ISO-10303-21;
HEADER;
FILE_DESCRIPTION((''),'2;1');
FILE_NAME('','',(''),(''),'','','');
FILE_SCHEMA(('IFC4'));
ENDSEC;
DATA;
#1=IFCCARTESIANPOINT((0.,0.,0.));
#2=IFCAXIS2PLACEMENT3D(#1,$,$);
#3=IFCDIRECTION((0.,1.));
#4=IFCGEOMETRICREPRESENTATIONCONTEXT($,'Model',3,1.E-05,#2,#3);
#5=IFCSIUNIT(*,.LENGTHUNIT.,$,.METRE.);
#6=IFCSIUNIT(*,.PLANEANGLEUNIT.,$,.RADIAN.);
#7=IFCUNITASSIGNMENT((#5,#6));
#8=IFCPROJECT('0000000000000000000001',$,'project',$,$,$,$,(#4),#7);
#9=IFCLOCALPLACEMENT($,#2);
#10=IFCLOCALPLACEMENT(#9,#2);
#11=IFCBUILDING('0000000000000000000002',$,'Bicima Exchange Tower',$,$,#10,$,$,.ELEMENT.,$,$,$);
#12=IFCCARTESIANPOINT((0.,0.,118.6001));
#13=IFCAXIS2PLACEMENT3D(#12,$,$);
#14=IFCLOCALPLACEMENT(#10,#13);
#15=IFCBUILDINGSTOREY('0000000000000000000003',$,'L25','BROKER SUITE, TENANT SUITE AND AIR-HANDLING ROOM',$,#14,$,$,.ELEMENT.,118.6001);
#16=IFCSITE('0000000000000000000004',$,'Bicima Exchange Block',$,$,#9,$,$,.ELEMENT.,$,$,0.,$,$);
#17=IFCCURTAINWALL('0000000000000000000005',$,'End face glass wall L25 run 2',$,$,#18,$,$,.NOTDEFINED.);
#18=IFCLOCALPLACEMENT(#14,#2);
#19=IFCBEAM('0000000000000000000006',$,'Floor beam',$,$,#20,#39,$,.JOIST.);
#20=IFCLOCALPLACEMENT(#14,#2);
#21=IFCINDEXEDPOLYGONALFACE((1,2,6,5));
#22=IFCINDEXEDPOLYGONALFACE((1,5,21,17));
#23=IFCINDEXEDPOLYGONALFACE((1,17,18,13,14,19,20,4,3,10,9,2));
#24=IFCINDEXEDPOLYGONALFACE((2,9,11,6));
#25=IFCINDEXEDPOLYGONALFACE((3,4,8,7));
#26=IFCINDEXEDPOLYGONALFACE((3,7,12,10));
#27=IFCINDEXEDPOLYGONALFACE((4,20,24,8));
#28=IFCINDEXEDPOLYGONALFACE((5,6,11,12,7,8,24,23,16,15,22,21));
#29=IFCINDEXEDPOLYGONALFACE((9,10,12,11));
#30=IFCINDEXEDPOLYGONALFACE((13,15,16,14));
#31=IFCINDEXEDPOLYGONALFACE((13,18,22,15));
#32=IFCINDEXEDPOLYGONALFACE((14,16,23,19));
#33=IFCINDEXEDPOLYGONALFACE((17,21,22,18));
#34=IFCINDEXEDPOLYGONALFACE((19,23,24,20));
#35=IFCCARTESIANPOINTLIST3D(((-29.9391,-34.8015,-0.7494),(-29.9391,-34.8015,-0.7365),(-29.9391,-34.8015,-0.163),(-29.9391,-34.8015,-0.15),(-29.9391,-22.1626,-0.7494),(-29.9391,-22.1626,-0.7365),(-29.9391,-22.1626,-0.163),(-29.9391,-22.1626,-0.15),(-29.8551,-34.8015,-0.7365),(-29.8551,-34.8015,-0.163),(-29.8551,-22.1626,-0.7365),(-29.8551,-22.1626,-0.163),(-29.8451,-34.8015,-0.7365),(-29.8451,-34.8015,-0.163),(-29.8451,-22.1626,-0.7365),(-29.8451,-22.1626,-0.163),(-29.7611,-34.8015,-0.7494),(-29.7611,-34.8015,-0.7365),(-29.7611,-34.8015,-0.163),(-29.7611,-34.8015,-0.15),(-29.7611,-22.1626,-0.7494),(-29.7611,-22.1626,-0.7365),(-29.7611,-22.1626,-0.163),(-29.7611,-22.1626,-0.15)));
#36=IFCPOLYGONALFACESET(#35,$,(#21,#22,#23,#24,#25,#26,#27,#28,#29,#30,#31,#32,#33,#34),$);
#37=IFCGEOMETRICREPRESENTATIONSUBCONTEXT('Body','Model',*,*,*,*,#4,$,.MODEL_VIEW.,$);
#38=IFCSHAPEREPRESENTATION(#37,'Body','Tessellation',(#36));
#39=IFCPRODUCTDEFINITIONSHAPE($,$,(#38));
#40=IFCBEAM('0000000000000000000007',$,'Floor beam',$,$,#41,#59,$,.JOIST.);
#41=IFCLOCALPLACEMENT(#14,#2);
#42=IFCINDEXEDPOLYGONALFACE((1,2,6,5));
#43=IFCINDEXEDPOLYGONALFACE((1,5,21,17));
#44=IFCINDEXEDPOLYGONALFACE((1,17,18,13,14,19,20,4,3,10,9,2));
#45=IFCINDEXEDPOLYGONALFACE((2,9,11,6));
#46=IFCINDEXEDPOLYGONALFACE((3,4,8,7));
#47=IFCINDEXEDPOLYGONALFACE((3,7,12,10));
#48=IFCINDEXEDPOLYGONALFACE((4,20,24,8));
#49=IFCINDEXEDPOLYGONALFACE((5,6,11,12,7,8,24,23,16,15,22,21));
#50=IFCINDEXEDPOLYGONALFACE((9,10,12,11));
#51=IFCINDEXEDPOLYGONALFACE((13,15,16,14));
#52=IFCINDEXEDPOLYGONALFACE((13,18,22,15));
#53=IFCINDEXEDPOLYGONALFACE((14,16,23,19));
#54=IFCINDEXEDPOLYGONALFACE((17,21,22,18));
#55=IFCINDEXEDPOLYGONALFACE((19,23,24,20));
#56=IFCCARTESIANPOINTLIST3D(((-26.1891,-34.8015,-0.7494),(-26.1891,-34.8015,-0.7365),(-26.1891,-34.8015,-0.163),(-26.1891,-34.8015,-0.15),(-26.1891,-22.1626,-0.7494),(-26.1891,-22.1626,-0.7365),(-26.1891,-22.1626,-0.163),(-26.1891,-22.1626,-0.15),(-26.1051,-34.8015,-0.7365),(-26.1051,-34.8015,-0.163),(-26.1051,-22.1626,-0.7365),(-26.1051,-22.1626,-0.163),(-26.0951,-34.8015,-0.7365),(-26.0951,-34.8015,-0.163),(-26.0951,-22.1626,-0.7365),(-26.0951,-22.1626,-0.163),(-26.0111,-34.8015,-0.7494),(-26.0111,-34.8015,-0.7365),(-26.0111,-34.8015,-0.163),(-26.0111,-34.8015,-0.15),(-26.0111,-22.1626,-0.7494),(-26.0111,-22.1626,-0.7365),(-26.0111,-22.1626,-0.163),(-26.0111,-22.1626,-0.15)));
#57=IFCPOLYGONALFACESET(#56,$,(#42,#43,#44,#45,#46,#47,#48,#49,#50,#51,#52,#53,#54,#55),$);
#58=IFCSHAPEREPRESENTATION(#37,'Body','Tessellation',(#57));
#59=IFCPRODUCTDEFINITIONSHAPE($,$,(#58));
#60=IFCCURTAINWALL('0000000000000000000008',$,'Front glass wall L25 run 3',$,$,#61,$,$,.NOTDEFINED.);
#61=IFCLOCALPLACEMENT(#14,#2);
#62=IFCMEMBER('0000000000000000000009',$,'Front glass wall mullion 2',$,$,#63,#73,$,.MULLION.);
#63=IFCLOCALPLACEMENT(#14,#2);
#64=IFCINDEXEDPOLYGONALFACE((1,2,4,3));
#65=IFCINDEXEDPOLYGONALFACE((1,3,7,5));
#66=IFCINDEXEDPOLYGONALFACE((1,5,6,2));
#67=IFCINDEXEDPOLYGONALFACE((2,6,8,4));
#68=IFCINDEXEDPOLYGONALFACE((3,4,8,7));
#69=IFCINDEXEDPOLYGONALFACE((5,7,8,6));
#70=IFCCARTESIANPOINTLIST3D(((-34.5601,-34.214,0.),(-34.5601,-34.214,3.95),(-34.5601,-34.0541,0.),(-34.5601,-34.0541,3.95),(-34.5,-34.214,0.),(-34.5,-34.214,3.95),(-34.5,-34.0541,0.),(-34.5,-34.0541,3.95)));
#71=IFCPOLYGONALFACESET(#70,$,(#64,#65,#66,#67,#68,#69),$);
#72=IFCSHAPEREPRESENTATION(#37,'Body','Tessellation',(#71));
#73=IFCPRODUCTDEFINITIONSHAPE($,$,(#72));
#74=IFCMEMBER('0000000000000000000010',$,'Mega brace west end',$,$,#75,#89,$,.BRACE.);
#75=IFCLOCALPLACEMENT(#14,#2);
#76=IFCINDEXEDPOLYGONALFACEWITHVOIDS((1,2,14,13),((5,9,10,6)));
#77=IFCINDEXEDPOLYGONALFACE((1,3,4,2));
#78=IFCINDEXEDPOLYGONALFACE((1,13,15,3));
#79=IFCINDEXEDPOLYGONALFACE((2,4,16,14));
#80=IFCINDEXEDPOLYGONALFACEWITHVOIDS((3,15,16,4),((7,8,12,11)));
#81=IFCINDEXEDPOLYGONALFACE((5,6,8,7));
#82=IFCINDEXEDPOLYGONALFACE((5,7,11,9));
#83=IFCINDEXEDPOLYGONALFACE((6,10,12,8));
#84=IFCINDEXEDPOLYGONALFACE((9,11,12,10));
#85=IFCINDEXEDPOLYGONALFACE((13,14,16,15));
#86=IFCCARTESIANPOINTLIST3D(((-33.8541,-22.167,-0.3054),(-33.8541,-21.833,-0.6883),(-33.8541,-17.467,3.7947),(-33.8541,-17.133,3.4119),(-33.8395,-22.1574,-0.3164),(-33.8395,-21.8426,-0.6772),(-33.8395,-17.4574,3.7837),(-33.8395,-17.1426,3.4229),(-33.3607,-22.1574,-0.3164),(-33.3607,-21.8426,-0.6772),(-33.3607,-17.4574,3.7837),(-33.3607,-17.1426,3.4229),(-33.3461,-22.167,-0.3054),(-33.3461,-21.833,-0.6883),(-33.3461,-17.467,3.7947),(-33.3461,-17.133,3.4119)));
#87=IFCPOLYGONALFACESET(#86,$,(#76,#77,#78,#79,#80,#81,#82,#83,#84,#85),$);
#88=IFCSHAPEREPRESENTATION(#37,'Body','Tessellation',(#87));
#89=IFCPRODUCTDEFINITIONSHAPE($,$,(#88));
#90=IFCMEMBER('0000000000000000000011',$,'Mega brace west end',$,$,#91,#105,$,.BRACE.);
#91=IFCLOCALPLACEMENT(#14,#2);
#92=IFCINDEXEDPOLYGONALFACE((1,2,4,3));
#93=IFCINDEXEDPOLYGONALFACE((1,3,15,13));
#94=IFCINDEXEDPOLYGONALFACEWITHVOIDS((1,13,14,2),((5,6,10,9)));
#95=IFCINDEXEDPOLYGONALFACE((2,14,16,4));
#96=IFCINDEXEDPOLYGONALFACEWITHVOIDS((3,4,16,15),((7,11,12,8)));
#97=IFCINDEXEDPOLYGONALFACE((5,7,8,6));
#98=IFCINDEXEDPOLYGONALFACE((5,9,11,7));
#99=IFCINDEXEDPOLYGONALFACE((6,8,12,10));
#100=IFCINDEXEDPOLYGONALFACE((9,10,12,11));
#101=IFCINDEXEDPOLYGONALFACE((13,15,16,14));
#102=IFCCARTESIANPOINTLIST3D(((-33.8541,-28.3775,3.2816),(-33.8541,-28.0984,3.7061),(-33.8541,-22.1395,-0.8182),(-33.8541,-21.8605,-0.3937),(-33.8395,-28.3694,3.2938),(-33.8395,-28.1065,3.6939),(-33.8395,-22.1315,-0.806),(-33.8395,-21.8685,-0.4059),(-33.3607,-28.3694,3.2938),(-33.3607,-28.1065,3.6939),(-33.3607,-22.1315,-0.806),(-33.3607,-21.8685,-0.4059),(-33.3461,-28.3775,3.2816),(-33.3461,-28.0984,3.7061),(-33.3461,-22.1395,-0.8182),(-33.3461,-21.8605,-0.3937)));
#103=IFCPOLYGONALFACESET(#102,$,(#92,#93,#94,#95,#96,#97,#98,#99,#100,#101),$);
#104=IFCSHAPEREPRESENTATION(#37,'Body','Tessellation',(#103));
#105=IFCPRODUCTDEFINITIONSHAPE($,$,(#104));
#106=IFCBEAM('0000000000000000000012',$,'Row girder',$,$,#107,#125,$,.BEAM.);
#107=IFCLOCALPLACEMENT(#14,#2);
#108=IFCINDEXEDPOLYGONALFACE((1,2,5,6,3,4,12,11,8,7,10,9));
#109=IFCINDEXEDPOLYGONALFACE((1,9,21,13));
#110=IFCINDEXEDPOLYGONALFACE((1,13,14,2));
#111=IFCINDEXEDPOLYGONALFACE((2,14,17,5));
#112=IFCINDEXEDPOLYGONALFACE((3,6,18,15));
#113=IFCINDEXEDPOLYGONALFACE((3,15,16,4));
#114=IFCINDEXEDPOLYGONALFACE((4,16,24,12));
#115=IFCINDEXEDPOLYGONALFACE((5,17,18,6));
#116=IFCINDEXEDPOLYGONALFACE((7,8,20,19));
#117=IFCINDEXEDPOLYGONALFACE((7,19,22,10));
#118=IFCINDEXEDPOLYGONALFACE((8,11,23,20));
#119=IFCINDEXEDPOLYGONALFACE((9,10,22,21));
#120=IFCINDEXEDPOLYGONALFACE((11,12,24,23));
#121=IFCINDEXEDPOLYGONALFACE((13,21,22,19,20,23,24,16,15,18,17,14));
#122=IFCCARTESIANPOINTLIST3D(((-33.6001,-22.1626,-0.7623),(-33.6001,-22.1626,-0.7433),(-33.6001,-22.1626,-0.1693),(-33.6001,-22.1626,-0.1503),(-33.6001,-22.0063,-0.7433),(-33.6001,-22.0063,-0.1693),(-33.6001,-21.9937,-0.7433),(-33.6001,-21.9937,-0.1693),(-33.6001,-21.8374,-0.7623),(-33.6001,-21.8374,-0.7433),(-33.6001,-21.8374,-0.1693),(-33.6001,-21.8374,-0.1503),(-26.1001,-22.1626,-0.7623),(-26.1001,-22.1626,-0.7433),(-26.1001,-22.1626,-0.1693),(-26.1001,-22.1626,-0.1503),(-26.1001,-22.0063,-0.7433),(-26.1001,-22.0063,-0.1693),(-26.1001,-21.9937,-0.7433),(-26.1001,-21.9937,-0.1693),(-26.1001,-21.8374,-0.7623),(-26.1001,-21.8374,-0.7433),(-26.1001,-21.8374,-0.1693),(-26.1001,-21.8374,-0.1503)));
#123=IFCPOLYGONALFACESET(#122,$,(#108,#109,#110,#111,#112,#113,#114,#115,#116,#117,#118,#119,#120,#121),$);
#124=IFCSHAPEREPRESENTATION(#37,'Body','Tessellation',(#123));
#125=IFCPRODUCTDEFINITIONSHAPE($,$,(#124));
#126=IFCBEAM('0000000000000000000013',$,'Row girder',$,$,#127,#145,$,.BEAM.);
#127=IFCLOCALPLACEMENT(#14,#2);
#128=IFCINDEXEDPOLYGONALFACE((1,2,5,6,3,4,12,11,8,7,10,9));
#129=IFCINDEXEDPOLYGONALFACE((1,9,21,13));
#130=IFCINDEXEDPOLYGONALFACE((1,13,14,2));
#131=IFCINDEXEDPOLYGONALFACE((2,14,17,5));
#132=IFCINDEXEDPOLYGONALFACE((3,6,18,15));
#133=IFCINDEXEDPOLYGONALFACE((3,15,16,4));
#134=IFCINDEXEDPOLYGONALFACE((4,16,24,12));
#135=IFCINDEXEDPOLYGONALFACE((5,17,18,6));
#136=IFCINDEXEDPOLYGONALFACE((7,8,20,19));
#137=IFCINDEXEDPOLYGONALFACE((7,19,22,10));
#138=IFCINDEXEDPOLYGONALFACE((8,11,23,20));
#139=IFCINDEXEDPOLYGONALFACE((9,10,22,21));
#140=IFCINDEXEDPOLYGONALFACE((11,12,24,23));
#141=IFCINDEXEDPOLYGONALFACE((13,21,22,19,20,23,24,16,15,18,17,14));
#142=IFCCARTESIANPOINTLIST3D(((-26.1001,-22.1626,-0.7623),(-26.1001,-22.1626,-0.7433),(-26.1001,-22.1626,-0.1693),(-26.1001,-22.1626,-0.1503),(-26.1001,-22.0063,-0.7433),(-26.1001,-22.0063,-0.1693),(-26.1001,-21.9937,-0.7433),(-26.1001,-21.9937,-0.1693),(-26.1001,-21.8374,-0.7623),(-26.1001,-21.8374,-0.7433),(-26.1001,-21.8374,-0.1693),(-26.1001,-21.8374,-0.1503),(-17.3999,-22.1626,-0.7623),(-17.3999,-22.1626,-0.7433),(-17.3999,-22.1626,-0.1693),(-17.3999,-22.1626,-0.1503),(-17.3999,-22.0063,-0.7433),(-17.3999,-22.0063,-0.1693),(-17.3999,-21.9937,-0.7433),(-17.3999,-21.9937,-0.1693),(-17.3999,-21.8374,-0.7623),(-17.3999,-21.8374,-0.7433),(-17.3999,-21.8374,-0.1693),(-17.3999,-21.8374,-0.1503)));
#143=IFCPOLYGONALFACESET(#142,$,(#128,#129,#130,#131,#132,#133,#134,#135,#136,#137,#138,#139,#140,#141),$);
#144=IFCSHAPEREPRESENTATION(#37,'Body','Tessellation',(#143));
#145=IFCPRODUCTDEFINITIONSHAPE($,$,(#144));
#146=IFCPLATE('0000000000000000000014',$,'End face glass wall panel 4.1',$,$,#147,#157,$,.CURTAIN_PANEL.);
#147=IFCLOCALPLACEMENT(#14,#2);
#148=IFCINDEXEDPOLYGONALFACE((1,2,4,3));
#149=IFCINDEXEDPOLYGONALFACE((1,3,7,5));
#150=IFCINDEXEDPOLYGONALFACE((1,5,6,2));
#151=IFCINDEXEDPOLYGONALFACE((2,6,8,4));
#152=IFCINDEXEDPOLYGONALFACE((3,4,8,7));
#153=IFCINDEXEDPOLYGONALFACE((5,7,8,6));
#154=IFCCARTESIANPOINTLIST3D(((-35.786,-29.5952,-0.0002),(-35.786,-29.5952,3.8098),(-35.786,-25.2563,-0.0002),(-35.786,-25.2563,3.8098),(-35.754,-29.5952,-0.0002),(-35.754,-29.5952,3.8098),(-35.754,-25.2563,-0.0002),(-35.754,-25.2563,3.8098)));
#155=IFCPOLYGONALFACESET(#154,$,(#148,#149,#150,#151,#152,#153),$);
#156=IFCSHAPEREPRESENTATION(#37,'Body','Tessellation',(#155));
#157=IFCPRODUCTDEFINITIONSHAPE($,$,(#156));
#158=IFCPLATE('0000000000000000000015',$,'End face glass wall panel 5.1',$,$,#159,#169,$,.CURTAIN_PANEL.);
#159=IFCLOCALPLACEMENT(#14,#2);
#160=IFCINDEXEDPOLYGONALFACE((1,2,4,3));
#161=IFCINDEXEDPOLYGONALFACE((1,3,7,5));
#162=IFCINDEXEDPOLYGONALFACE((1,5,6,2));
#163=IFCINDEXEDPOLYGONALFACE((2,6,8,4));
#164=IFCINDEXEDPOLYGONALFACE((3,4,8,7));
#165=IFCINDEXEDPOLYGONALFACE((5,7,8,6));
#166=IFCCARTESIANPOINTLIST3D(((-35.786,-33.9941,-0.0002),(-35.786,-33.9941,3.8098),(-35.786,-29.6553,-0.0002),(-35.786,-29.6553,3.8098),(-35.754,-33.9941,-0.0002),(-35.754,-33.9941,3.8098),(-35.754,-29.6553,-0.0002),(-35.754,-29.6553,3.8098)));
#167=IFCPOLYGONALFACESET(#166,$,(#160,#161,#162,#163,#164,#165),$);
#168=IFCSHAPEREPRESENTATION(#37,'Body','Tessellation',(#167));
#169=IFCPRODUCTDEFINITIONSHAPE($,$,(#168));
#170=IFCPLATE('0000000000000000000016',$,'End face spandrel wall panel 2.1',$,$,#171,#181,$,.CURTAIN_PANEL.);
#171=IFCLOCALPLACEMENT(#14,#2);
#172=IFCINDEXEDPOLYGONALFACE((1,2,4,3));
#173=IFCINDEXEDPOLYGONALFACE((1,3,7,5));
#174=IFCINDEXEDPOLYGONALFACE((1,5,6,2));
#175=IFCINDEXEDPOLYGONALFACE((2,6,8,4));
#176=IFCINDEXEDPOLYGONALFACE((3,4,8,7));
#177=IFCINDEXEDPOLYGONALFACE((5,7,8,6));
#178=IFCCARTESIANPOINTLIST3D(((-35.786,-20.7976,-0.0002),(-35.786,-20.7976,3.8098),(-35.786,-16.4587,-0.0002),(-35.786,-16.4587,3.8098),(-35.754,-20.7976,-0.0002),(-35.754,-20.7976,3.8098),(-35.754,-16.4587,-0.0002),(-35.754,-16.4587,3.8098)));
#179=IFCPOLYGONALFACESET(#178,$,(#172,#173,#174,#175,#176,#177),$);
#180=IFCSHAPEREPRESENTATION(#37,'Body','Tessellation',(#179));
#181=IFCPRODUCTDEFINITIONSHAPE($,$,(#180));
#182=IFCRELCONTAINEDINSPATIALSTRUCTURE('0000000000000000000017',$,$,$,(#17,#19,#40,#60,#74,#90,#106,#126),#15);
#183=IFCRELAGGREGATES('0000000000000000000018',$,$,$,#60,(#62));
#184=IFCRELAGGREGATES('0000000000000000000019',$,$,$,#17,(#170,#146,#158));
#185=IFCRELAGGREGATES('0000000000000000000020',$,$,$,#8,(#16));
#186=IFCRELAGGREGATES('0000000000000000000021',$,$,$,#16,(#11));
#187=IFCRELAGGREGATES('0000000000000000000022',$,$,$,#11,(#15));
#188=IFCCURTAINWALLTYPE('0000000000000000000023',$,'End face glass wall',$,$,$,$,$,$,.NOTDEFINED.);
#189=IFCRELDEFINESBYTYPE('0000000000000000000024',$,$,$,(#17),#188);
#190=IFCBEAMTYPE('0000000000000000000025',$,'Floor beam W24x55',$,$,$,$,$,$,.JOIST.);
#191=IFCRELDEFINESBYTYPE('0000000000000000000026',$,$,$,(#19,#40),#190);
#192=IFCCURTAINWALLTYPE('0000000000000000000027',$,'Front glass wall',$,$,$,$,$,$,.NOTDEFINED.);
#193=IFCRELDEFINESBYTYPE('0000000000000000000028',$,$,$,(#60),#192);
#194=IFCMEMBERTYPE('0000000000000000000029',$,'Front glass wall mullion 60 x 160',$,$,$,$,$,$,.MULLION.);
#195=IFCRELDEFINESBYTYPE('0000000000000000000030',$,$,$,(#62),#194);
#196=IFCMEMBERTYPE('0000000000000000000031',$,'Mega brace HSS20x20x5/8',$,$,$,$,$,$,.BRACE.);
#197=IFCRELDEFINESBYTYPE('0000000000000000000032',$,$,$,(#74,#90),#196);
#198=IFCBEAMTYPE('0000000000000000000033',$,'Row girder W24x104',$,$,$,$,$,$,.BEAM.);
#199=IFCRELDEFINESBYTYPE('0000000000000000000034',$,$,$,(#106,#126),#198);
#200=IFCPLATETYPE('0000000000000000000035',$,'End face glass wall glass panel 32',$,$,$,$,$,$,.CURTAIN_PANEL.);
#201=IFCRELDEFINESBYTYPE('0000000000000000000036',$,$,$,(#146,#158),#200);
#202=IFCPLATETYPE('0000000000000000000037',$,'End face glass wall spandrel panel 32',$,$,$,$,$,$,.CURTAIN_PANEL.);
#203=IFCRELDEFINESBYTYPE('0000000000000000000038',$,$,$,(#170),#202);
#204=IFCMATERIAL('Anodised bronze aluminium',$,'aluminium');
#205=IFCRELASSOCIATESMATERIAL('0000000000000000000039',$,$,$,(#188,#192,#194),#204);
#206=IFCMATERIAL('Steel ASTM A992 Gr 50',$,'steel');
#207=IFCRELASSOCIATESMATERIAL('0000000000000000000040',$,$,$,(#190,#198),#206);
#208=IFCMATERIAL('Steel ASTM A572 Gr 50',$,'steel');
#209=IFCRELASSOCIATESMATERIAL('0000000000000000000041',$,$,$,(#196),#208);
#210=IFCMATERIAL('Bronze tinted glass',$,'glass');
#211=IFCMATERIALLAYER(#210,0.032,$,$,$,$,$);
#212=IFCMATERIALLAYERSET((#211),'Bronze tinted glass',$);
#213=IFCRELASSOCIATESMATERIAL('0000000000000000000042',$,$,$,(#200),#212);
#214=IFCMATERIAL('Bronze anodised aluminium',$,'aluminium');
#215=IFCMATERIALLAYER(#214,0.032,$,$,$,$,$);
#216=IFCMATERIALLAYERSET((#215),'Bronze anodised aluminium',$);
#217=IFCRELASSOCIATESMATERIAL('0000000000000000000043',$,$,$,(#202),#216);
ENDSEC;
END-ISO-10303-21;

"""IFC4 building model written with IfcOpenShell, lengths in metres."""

from ifc_helpers import new_model, si_unit, direction, frame, origin, origin_2d, place, context, subcontext, project, spatial, rectangle, hollow_rectangle, i_section, extrude, material, layer, layer_set, material_profile, profile_set, type_object, element, aggregate, save


model = new_model("IFC4")

# Units and contexts
model_context = context("Model", 3, precision=1e-05, world=origin(), true_north=direction((0.0, 1.0)))
body_context = subcontext(model_context, "Body", "Model", "MODEL_VIEW")
ifc_project = project(units=[si_unit("LENGTHUNIT", "METRE"), si_unit("PLANEANGLEUNIT", "RADIAN")], contexts=[model_context])

# Site, building, storey
site_placement = place(None, origin())
site = spatial("IfcSite", under=ifc_project, at=site_placement, Name="Bicima Exchange Block", CompositionType="ELEMENT", RefElevation=0.0)
building_placement = place(site_placement, origin())
building = spatial("IfcBuilding", under=site, at=building_placement, Name="Bicima Exchange Tower", CompositionType="ELEMENT")
storey_placement = place(building_placement, frame((0.0, 0.0, 118.6001)))
storey = spatial("IfcBuildingStorey", under=building, at=storey_placement, Name="L25", Description="BROKER SUITE, TENANT SUITE AND AIR-HANDLING ROOM", CompositionType="ELEMENT", Elevation=118.6001)

# Shared definitions
ifc_material_1 = material(Name="Steel ASTM A992 Gr 50", Category="steel")

# Curtain wall
ifc_material_2 = material(Name="Anodised bronze aluminium", Category="aluminium")
curtain_wall_type_1 = type_object("IfcCurtainWallType", Name="End face glass wall", PredefinedType="NOTDEFINED", material=ifc_material_2)
curtain_wall_1_placement = place(storey_placement, origin())
curtain_wall_1 = element("IfcCurtainWall", 1, at=curtain_wall_1_placement, inside=storey, type_object=curtain_wall_type_1, Name="End face glass wall L25 run 2", PredefinedType="NOTDEFINED")
ifc_material_profile_1 = material_profile(ifc_material_2, rectangle(XDim=0.1599, YDim=0.0601, at=origin_2d()))
ifc_profile_set_1 = profile_set([ifc_material_profile_1], Name="Anodised bronze aluminium")

# Beams
ifc_material_profile_2 = material_profile(ifc_material_1, i_section(OverallWidth=0.178, OverallDepth=0.5994, WebThickness=0.01, FlangeThickness=0.0129, at=origin_2d()))
ifc_profile_set_2 = profile_set([ifc_material_profile_2], Name="Steel ASTM A992 Gr 50")
beam_type_1 = type_object("IfcBeamType", Name="Floor beam W24x55", PredefinedType="JOIST", material=ifc_profile_set_2)
for number, where, z_axis, x_axis, name in (
    (2, (-29.8501, -22.1626, -0.4497), (0.0, -1.0, 0.0), (1.0, 0.0, 0.0), "Floor beam"),
    (3, (-26.1001, -22.1626, -0.4497), (0.0, -1.0, 0.0), (1.0, 0.0, 0.0), "Floor beam"),
):
    element("IfcBeam", number, at=place(storey_placement, frame(where, z_axis=z_axis, x_axis=x_axis)), inside=storey, type_object=beam_type_1, Name=name, PredefinedType="JOIST", context=body_context, shape_type="SweptSolid", body=[
        extrude(i_section(OverallWidth=0.178, OverallDepth=0.5994, WebThickness=0.01, FlangeThickness=0.0129, at=origin_2d()), origin(), (0.0, 0.0, 1.0), 12.6389),
    ])

# Curtain wall, member
curtain_wall_type_2 = type_object("IfcCurtainWallType", Name="Front glass wall", PredefinedType="NOTDEFINED", material=ifc_material_2)
curtain_wall_2_placement = place(storey_placement, origin())
curtain_wall_2 = element("IfcCurtainWall", 4, at=curtain_wall_2_placement, inside=storey, type_object=curtain_wall_type_2, Name="Front glass wall L25 run 3", PredefinedType="NOTDEFINED")
member_type_1 = type_object("IfcMemberType", Name="Front glass wall mullion 60 x 160", PredefinedType="MULLION", material=ifc_profile_set_1)
member_1_placement = place(storey_placement, frame((-34.53, -34.134, 0.0), z_axis=(0.0, 0.0, 1.0), x_axis=(0.0, 1.0, 0.0)))
member_1 = element("IfcMember", 5, at=member_1_placement, type_object=member_type_1, Name="Front glass wall mullion 2", PredefinedType="MULLION", context=body_context, shape_type="SweptSolid", body=[
    extrude(rectangle(XDim=0.1599, YDim=0.0601, at=origin_2d()), origin(), (0.0, 0.0, 1.0), 3.95),
])
aggregate(curtain_wall_2, [member_1])

# Members
ifc_material_3 = material(Name="Steel ASTM A572 Gr 50", Category="steel")
ifc_material_profile_3 = material_profile(ifc_material_3, hollow_rectangle(XDim=0.5081, YDim=0.5081, WallThickness=0.0146, at=origin_2d()))
ifc_profile_set_3 = profile_set([ifc_material_profile_3], Name="Steel ASTM A572 Gr 50")
member_type_2 = type_object("IfcMemberType", Name="Mega brace HSS20x20x5/8", PredefinedType="BRACE", material=ifc_profile_set_3)
member_2_placement = place(storey_placement, frame((-33.6001, -22.0, -0.4968), z_axis=(0.0, 0.753558, 0.657382), x_axis=(-1.0, 0.0, 0.0)))
element("IfcMember", 6, at=member_2_placement, inside=storey, type_object=member_type_2, Name="Mega brace west end", PredefinedType="BRACE", context=body_context, shape_type="SweptSolid", body=[
    extrude(hollow_rectangle(XDim=0.5081, YDim=0.5081, WallThickness=0.0146, at=origin_2d()), origin(), (0.0, 0.0, 1.0), 6.2371),
])
member_3_placement = place(storey_placement, frame((-33.6001, -22.0, -0.606), z_axis=(0.0, -0.83567, 0.549231), x_axis=(1.0, 0.0, 0.0)))
element("IfcMember", 7, at=member_3_placement, inside=storey, type_object=member_type_2, Name="Mega brace west end", PredefinedType="BRACE", context=body_context, shape_type="SweptSolid", body=[
    extrude(hollow_rectangle(XDim=0.5081, YDim=0.5081, WallThickness=0.0146, at=origin_2d()), origin(), (0.0, 0.0, 1.0), 7.4646),
])

# Beams
ifc_material_profile_4 = material_profile(ifc_material_1, i_section(OverallWidth=0.3252, OverallDepth=0.6121, WebThickness=0.0127, FlangeThickness=0.019, at=origin_2d()))
ifc_profile_set_4 = profile_set([ifc_material_profile_4], Name="Steel ASTM A992 Gr 50")
beam_type_2 = type_object("IfcBeamType", Name="Row girder W24x104", PredefinedType="BEAM", material=ifc_profile_set_4)
beam_1_placement = place(storey_placement, frame((-33.6001, -22.0, -0.4563), z_axis=(1.0, 0.0, 0.0), x_axis=(0.0, 1.0, 0.0)))
element("IfcBeam", 8, at=beam_1_placement, inside=storey, type_object=beam_type_2, Name="Row girder", PredefinedType="BEAM", context=body_context, shape_type="SweptSolid", body=[
    extrude(i_section(OverallWidth=0.3252, OverallDepth=0.6121, WebThickness=0.0127, FlangeThickness=0.019, at=origin_2d()), origin(), (0.0, 0.0, 1.0), 7.5),
])
beam_2_placement = place(storey_placement, frame((-26.1001, -22.0, -0.4563), z_axis=(1.0, 0.0, 0.0), x_axis=(0.0, 1.0, 0.0)))
element("IfcBeam", 9, at=beam_2_placement, inside=storey, type_object=beam_type_2, Name="Row girder", PredefinedType="BEAM", context=body_context, shape_type="SweptSolid", body=[
    extrude(i_section(OverallWidth=0.3252, OverallDepth=0.6121, WebThickness=0.0127, FlangeThickness=0.019, at=origin_2d()), origin(), (0.0, 0.0, 1.0), 8.7002),
])

# Plates
ifc_material_4 = material(Name="Bronze tinted glass", Category="glass")
ifc_layer_1 = layer(ifc_material_4, 0.032)
ifc_layer_set_1 = layer_set([ifc_layer_1], Name="Bronze tinted glass")
plate_type_1 = type_object("IfcPlateType", Name="End face glass wall glass panel 32", PredefinedType="CURTAIN_PANEL", material=ifc_layer_set_1)
plate_1_placement = place(storey_placement, frame((-35.77, -27.4258, -0.0002), z_axis=(0.0, 0.0, 1.0), x_axis=(0.0, -1.0, 0.0)))
plate_1 = element("IfcPlate", 10, at=plate_1_placement, type_object=plate_type_1, Name="End face glass wall panel 4.1", PredefinedType="CURTAIN_PANEL", context=body_context, shape_type="SweptSolid", body=[
    extrude(rectangle(XDim=4.3389, YDim=0.032, at=origin_2d()), origin(), (0.0, 0.0, 1.0), 3.8101),
])
plate_2_placement = place(storey_placement, frame((-35.77, -31.8247, -0.0002), z_axis=(0.0, 0.0, 1.0), x_axis=(0.0, -1.0, 0.0)))
plate_2 = element("IfcPlate", 11, at=plate_2_placement, type_object=plate_type_1, Name="End face glass wall panel 5.1", PredefinedType="CURTAIN_PANEL", context=body_context, shape_type="SweptSolid", body=[
    extrude(rectangle(XDim=4.3389, YDim=0.032, at=origin_2d()), origin(), (0.0, 0.0, 1.0), 3.8101),
])
ifc_material_5 = material(Name="Bronze anodised aluminium", Category="aluminium")
ifc_layer_2 = layer(ifc_material_5, 0.032)
ifc_layer_set_2 = layer_set([ifc_layer_2], Name="Bronze anodised aluminium")
plate_type_2 = type_object("IfcPlateType", Name="End face glass wall spandrel panel 32", PredefinedType="CURTAIN_PANEL", material=ifc_layer_set_2)
plate_3_placement = place(storey_placement, frame((-35.77, -18.6282, -0.0002), z_axis=(0.0, 0.0, 1.0), x_axis=(0.0, -1.0, 0.0)))
plate_3 = element("IfcPlate", 12, at=plate_3_placement, type_object=plate_type_2, Name="End face spandrel wall panel 2.1", PredefinedType="CURTAIN_PANEL", context=body_context, shape_type="SweptSolid", body=[
    extrude(rectangle(XDim=4.3389, YDim=0.032, at=origin_2d()), origin(), (0.0, 0.0, 1.0), 3.8101),
])
aggregate(curtain_wall_1, [plate_3, plate_1, plate_2])

save(model, "model.ifc")
